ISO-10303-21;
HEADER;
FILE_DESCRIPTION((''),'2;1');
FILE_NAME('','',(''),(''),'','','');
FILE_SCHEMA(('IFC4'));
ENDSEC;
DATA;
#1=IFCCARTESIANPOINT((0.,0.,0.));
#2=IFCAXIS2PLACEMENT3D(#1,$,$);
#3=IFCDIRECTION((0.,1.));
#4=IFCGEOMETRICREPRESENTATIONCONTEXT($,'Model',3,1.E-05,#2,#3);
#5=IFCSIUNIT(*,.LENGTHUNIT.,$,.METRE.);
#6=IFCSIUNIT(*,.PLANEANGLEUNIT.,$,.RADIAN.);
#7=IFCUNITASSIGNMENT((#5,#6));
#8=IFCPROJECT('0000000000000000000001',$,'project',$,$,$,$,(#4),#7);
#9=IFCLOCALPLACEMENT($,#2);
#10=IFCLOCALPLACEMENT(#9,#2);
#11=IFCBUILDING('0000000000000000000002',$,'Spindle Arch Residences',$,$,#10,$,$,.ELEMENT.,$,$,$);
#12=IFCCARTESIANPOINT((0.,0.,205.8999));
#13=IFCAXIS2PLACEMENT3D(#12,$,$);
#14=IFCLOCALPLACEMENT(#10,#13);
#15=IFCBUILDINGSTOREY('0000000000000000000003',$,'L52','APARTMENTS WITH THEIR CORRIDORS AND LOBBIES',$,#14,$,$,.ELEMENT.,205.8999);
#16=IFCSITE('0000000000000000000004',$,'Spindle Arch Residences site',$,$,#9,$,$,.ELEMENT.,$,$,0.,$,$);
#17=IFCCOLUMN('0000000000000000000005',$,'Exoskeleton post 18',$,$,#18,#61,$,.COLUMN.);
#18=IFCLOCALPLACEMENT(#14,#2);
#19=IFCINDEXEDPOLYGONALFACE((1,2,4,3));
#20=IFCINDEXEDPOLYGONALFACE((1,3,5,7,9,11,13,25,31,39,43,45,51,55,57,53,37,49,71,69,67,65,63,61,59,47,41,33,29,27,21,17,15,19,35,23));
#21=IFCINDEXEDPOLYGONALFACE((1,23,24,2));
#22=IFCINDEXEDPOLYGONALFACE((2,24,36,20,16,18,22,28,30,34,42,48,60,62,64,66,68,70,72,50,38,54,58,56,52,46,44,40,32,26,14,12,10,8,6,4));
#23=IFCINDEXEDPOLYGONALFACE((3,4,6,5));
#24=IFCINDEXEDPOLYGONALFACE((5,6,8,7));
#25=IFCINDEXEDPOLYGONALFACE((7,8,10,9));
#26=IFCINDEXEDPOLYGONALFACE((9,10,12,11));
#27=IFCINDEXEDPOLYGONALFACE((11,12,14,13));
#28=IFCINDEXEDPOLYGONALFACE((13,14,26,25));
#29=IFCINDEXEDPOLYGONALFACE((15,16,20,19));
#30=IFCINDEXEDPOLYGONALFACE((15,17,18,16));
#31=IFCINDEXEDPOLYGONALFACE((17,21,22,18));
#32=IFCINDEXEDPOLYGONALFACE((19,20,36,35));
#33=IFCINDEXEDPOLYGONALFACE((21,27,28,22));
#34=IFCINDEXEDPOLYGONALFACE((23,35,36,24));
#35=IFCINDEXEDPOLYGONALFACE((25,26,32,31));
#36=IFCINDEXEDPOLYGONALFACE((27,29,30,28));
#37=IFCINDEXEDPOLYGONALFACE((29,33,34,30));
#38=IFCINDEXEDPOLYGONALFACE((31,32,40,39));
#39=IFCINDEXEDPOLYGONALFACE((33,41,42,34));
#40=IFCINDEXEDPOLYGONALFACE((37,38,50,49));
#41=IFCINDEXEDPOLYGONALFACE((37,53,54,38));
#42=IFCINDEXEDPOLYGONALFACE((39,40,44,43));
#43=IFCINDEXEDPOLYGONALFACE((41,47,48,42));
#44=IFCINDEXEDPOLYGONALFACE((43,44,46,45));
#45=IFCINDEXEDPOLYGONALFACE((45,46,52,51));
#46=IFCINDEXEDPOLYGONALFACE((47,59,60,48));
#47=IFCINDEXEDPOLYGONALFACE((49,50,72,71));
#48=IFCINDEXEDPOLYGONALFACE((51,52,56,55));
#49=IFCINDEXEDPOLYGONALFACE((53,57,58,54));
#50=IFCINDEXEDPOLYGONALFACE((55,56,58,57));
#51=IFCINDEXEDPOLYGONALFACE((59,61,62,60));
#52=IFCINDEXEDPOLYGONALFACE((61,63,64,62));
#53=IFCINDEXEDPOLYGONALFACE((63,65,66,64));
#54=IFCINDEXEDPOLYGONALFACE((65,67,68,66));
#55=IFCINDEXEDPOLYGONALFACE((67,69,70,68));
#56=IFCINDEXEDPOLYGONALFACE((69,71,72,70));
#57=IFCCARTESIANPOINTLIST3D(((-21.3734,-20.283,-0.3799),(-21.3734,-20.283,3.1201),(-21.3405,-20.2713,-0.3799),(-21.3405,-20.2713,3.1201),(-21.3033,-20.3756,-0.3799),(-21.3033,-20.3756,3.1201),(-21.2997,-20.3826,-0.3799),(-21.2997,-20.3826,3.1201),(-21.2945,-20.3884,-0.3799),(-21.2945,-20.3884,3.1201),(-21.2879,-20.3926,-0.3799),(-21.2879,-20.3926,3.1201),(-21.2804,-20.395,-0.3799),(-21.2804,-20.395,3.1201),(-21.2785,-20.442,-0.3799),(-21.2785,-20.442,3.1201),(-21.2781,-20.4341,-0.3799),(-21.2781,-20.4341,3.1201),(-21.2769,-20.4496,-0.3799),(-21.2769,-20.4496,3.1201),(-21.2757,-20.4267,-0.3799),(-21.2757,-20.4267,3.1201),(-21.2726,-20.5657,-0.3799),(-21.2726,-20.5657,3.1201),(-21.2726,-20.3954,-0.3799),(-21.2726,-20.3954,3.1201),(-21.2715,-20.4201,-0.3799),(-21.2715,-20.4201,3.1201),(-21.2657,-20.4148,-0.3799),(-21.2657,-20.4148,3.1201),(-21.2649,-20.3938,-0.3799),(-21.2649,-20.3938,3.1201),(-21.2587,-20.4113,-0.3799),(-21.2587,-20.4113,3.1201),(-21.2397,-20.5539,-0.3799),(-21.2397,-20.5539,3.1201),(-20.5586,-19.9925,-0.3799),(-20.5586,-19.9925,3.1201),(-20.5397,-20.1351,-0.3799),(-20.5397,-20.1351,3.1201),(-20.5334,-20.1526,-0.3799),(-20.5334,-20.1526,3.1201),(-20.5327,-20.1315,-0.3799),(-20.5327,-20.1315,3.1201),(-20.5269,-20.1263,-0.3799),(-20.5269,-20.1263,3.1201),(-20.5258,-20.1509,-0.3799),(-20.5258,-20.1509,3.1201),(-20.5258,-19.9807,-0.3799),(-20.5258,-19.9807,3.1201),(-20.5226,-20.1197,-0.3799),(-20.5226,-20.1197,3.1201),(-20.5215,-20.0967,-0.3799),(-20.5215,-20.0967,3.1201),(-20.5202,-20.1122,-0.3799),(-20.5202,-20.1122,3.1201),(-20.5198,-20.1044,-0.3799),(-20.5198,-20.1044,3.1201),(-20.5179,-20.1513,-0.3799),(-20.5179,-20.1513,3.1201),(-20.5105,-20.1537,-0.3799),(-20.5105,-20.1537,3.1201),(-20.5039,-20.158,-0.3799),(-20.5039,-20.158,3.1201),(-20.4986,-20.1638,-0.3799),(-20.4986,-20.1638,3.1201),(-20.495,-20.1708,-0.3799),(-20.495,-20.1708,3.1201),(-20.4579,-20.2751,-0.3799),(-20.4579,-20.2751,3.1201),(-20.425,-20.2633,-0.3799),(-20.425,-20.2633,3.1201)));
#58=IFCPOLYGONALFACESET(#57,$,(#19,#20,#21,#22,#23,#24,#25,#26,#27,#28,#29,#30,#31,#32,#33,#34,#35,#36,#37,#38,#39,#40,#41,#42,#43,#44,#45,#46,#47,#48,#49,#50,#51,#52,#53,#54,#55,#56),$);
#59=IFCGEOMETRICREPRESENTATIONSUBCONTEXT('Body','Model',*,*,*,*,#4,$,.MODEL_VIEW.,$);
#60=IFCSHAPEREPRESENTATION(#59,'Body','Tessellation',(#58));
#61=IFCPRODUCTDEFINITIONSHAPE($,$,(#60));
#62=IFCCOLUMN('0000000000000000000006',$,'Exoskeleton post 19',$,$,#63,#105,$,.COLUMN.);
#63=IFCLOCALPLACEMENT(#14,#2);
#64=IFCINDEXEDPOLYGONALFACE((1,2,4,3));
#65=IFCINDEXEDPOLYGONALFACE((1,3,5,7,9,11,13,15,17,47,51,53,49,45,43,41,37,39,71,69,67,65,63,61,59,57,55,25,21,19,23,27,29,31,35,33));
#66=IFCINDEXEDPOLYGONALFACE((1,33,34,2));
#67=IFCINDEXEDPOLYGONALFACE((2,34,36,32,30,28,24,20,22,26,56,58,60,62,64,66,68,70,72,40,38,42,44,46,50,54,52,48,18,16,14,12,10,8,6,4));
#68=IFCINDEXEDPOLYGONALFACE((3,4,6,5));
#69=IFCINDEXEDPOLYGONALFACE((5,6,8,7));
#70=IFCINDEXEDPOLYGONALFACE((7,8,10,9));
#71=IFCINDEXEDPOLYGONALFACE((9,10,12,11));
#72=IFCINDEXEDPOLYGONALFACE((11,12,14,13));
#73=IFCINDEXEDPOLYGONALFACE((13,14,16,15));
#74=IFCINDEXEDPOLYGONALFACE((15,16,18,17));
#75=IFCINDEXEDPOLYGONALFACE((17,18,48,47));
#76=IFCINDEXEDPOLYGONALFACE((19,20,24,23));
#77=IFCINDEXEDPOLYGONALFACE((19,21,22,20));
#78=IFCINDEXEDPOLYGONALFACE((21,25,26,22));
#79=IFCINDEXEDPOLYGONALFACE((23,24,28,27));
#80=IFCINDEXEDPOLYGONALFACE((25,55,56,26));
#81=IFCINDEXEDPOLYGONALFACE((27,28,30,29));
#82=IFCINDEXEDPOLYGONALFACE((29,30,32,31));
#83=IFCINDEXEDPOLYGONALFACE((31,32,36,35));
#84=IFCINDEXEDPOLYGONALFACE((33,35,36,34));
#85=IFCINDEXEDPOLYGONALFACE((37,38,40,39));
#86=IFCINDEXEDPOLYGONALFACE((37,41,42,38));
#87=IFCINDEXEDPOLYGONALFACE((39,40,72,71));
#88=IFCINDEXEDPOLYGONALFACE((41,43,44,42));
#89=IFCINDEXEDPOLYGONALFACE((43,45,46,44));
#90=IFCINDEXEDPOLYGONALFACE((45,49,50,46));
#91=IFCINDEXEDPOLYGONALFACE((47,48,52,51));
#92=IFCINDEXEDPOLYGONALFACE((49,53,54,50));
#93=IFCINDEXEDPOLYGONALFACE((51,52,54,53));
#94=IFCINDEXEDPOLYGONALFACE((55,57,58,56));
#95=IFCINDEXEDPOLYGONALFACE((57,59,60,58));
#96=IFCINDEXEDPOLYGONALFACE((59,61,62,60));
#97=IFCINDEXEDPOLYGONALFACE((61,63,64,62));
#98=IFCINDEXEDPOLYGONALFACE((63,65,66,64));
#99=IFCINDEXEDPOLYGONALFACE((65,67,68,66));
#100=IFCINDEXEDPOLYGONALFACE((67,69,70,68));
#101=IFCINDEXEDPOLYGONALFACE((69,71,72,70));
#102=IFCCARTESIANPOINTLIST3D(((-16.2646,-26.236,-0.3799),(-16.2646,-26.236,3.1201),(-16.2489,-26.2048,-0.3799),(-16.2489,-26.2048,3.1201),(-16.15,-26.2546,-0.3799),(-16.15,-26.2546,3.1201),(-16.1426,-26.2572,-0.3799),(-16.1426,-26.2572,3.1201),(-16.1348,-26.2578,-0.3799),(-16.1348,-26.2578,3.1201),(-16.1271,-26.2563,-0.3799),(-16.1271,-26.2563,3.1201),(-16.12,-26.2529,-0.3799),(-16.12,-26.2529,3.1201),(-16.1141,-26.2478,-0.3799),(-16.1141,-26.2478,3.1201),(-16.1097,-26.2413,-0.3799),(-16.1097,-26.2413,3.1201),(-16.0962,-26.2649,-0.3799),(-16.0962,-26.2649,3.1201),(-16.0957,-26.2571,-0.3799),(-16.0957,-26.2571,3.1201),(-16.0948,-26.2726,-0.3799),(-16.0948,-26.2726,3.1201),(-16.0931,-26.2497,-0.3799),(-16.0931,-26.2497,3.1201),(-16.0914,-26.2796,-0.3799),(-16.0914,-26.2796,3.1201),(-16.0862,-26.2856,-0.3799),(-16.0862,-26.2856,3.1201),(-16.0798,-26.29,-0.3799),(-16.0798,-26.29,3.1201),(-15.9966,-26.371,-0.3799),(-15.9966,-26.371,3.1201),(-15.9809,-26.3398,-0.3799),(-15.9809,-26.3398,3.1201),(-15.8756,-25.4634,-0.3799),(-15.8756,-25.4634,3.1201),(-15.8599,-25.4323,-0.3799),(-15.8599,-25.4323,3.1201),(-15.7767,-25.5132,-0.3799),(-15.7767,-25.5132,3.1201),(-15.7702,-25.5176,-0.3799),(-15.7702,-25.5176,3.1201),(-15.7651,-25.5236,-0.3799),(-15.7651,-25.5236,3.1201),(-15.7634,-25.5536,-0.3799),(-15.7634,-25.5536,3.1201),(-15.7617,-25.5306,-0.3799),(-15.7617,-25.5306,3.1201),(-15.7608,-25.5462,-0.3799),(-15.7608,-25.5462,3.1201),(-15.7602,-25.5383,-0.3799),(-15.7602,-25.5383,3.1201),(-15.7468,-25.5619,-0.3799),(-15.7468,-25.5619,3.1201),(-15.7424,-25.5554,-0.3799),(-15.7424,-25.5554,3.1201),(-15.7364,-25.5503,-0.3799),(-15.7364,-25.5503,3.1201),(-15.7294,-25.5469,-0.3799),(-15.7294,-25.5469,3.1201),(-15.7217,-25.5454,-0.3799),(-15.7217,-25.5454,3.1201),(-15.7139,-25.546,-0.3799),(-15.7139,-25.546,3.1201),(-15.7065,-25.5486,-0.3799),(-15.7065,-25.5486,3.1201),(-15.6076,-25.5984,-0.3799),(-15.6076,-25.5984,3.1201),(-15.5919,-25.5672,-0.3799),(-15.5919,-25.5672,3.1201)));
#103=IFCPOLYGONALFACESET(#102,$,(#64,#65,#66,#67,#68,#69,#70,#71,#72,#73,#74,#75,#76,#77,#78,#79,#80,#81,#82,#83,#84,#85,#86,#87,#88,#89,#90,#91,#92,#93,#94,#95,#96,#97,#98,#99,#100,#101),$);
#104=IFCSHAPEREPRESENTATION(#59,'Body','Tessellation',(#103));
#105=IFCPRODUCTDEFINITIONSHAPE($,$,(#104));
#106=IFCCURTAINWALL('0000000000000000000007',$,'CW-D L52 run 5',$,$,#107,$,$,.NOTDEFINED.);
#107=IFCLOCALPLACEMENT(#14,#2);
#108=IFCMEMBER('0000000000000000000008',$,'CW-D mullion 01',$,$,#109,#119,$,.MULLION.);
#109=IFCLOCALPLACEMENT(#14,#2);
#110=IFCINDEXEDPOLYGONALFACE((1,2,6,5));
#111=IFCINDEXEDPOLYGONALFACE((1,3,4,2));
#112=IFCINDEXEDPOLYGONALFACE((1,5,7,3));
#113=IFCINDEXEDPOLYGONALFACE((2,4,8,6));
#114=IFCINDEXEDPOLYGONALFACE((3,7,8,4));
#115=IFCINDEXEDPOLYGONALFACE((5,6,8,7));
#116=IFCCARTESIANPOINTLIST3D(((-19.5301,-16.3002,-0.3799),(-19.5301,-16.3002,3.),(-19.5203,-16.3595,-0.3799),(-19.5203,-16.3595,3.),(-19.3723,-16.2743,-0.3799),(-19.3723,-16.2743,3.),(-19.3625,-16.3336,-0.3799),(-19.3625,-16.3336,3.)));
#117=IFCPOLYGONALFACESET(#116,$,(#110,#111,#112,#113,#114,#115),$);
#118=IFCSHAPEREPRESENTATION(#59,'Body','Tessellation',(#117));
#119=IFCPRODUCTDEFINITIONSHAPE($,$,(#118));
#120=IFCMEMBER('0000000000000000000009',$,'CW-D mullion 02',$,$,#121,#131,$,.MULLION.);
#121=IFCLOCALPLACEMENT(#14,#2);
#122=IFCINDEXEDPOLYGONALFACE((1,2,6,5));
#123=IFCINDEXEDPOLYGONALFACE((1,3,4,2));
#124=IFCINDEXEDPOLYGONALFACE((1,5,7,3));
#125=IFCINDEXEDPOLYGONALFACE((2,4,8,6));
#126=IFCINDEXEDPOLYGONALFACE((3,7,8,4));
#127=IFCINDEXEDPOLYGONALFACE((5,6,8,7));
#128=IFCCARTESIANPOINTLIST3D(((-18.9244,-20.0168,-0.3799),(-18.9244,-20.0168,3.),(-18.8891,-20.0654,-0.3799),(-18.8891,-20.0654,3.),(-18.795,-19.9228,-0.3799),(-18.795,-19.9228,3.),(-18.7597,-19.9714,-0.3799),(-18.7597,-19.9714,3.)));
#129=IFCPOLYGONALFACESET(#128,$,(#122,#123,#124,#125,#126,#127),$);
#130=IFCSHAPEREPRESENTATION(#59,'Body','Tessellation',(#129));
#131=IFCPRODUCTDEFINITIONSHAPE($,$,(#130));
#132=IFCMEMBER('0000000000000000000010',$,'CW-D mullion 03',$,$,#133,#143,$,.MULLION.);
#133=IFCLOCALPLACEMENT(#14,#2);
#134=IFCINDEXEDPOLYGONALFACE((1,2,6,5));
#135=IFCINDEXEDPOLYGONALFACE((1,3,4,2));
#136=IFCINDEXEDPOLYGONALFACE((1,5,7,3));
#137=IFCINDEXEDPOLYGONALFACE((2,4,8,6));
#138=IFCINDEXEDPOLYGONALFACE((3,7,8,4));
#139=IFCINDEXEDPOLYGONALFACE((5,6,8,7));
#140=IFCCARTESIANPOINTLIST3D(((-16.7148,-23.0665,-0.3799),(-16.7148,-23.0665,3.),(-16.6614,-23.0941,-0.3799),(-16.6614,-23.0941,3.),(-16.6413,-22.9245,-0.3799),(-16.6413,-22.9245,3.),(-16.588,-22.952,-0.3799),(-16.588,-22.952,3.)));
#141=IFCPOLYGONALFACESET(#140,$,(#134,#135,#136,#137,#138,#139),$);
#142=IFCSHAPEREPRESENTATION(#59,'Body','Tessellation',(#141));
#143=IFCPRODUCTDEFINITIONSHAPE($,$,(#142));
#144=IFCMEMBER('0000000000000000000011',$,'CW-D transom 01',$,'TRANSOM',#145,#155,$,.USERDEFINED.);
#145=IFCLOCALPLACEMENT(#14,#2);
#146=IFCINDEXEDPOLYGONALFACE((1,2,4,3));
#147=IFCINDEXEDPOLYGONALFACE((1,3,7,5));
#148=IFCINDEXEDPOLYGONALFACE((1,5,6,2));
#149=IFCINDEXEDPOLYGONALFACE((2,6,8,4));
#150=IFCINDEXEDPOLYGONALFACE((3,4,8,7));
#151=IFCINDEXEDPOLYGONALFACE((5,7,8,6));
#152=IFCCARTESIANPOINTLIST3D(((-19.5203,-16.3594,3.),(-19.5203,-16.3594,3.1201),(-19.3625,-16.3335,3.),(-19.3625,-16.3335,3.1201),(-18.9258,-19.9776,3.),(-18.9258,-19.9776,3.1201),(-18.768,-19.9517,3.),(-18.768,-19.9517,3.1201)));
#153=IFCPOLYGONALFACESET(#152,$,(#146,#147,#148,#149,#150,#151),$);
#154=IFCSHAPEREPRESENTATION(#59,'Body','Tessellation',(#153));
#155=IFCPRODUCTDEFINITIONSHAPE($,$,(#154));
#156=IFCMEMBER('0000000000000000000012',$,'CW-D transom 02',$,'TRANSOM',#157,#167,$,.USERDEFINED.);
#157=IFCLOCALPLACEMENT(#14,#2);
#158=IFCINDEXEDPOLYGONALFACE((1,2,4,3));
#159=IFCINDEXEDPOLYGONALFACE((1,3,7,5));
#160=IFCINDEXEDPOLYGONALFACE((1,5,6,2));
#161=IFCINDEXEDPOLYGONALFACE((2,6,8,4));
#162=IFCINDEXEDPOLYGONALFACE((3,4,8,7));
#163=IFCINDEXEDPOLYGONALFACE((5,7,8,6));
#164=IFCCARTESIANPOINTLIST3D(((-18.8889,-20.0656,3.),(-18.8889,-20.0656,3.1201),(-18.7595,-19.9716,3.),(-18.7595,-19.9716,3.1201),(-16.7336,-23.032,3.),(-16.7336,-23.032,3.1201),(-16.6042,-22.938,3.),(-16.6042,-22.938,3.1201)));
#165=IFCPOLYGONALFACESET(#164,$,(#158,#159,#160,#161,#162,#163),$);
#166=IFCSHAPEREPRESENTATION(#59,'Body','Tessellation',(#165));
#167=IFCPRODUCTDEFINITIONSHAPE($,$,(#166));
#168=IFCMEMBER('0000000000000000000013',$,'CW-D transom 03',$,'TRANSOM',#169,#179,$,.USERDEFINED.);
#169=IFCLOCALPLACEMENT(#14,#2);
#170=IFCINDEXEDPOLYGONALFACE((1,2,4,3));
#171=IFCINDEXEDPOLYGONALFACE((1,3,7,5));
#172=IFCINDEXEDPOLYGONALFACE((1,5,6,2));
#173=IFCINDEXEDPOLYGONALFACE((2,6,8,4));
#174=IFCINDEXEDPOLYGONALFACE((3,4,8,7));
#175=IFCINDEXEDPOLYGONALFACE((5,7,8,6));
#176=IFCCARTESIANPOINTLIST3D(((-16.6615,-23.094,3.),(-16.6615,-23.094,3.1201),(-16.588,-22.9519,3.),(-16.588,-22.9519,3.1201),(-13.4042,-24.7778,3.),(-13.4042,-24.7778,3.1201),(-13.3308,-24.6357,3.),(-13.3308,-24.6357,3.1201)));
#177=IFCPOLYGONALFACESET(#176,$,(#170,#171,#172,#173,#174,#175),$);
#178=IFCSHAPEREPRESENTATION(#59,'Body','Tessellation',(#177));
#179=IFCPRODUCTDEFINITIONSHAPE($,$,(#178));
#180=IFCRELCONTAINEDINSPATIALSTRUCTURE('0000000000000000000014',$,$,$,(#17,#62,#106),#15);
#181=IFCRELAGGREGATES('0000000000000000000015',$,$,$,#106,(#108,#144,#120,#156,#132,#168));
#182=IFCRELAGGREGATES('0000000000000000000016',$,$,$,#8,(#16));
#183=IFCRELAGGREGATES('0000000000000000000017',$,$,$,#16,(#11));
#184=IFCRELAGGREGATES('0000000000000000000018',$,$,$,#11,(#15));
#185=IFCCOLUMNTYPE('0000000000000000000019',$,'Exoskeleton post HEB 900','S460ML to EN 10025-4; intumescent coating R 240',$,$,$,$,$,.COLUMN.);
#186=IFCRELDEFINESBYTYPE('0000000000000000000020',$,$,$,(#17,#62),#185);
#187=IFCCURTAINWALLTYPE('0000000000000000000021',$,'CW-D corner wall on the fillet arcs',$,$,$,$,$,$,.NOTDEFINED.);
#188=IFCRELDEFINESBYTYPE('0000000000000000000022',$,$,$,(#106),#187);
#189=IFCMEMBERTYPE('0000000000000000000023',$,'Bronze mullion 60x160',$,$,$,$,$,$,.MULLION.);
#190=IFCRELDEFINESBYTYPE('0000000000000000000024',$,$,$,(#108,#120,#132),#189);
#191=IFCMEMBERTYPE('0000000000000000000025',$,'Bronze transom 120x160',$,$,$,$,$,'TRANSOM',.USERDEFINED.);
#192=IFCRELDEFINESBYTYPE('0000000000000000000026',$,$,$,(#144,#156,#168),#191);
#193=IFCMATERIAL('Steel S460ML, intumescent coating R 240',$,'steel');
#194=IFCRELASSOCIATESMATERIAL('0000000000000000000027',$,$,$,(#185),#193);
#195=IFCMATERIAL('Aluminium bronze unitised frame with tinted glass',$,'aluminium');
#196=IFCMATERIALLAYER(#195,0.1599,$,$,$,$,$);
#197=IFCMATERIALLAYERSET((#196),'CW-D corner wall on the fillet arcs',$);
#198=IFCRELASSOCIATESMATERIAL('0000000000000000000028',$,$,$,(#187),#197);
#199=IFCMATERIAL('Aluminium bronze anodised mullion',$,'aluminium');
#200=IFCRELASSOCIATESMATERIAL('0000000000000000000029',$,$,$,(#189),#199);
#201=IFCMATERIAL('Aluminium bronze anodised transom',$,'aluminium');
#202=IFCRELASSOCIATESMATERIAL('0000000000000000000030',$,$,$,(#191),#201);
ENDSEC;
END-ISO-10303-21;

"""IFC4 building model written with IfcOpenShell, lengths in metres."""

from ifc_helpers import new_model, si_unit, direction, frame, origin, origin_2d, place, context, subcontext, project, spatial, rectangle, i_section, extrude, material, layer, layer_set, material_profile, profile_set, type_object, element, aggregate, save


model = new_model("IFC4")

# Units and contexts
model_context = context("Model", 3, precision=1e-05, world=origin(), true_north=direction((0.0, 1.0)))
body_context = subcontext(model_context, "Body", "Model", "MODEL_VIEW")
ifc_project = project(units=[si_unit("LENGTHUNIT", "METRE"), si_unit("PLANEANGLEUNIT", "RADIAN")], contexts=[model_context])

# Site, building, storey
site_placement = place(None, origin())
site = spatial("IfcSite", under=ifc_project, at=site_placement, Name="Spindle Arch Residences site", CompositionType="ELEMENT", RefElevation=0.0)
building_placement = place(site_placement, origin())
building = spatial("IfcBuilding", under=site, at=building_placement, Name="Spindle Arch Residences", CompositionType="ELEMENT")
storey_placement = place(building_placement, frame((0.0, 0.0, 205.8999)))
storey = spatial("IfcBuildingStorey", under=building, at=storey_placement, Name="L52", Description="APARTMENTS WITH THEIR CORRIDORS AND LOBBIES", CompositionType="ELEMENT", Elevation=205.8999)

# Columns
ifc_material_1 = material(Name="Steel S460ML, intumescent coating R 240", Category="steel")
ifc_material_profile_1 = material_profile(ifc_material_1, i_section(OverallWidth=0.3, OverallDepth=0.8999, WebThickness=0.0186, FlangeThickness=0.0349, FilletRadius=0.03, at=origin_2d()), Name="HEB 900")
ifc_profile_set_1 = profile_set([ifc_material_profile_1], Name="Steel S460ML, intumescent coating R 240")
column_type = type_object("IfcColumnType", Name="Exoskeleton post HEB 900", Description="S460ML to EN 10025-4; intumescent coating R 240", PredefinedType="COLUMN", material=ifc_profile_set_1)
for number, where, z_axis, x_axis, name in (
    (1, (-20.8992, -20.2732, -0.3799), (0.0, 0.0, 1.0), (-0.335927, 0.941888, 0.0), "Exoskeleton post 18"),
    (2, (-15.9282, -25.9016, -0.3799), (0.0, 0.0, 1.0), (-0.893169, 0.449721, 0.0), "Exoskeleton post 19"),
):
    element("IfcColumn", number, at=place(storey_placement, frame(where, z_axis=z_axis, x_axis=x_axis)), inside=storey, type_object=column_type, Name=name, PredefinedType="COLUMN", context=body_context, shape_type="SweptSolid", body=[
        extrude(i_section(OverallWidth=0.3, OverallDepth=0.8999, WebThickness=0.0186, FlangeThickness=0.0349, FilletRadius=0.03, at=origin_2d()), origin(), (0.0, 0.0, 1.0), 3.5),
    ])

# Curtain wall, members
ifc_material_2 = material(Name="Aluminium bronze unitised frame with tinted glass", Category="aluminium")
ifc_layer_1 = layer(ifc_material_2, 0.1599)
ifc_layer_set_1 = layer_set([ifc_layer_1], Name="CW-D corner wall on the fillet arcs")
curtain_wall_type = type_object("IfcCurtainWallType", Name="CW-D corner wall on the fillet arcs", PredefinedType="NOTDEFINED", material=ifc_layer_set_1)
curtain_wall_placement = place(storey_placement, origin())
curtain_wall = element("IfcCurtainWall", 3, at=curtain_wall_placement, inside=storey, type_object=curtain_wall_type, Name="CW-D L52 run 5", PredefinedType="NOTDEFINED")
ifc_material_3 = material(Name="Aluminium bronze anodised mullion", Category="aluminium")
ifc_material_profile_2 = material_profile(ifc_material_3, rectangle(XDim=0.1599, YDim=0.0601, at=origin_2d()), Name="MU 60x160")
ifc_profile_set_2 = profile_set([ifc_material_profile_2], Name="Aluminium bronze anodised mullion")
member_type_1 = type_object("IfcMemberType", Name="Bronze mullion 60x160", PredefinedType="MULLION", material=ifc_profile_set_2)
member_1_placement = place(storey_placement, frame((-19.4463, -16.3169, -0.3799), z_axis=(0.0, 0.0, 1.0), x_axis=(0.986762, 0.162178, 0.0)))
member_1 = element("IfcMember", 4, at=member_1_placement, type_object=member_type_1, Name="CW-D mullion 01", PredefinedType="MULLION", context=body_context, shape_type="SweptSolid", body=[
    extrude(rectangle(XDim=0.1599, YDim=0.0601, at=origin_2d()), origin(), (0.0, 0.0, 1.0), 3.3799),
])
member_2_placement = place(storey_placement, frame((-18.842, -19.9941, -0.3799), z_axis=(0.0, 0.0, 1.0), x_axis=(0.809017, 0.587785, 0.0)))
member_2 = element("IfcMember", 5, at=member_2_placement, type_object=member_type_1, Name="CW-D mullion 02", PredefinedType="MULLION", context=body_context, shape_type="SweptSolid", body=[
    extrude(rectangle(XDim=0.1599, YDim=0.0601, at=origin_2d()), origin(), (0.0, 0.0, 1.0), 3.3799),
])
member_3_placement = place(storey_placement, frame((-16.6514, -23.0093, -0.3799), z_axis=(0.0, 0.0, 1.0), x_axis=(0.459166, 0.88835, 0.0)))
member_3 = element("IfcMember", 6, at=member_3_placement, type_object=member_type_1, Name="CW-D mullion 03", PredefinedType="MULLION", context=body_context, shape_type="SweptSolid", body=[
    extrude(rectangle(XDim=0.1599, YDim=0.0601, at=origin_2d()), origin(), (0.0, 0.0, 1.0), 3.3799),
])
ifc_material_4 = material(Name="Aluminium bronze anodised transom", Category="aluminium")
ifc_material_profile_3 = material_profile(ifc_material_4, rectangle(XDim=0.1599, YDim=0.1201, at=origin_2d()), Name="TR 120x160")
ifc_profile_set_3 = profile_set([ifc_material_profile_3], Name="Aluminium bronze anodised transom")
member_type_2 = type_object("IfcMemberType", Name="Bronze transom 120x160", ElementType="TRANSOM", PredefinedType="USERDEFINED", material=ifc_profile_set_3)
member_4_placement = place(storey_placement, frame((-19.4414, -16.3464, 3.0601), z_axis=(0.162131, -0.986769, 0.0), x_axis=(0.986769, 0.162131, 0.0)))
member_4 = element("IfcMember", 7, at=member_4_placement, type_object=member_type_2, Name="CW-D transom 01", ObjectType="TRANSOM", PredefinedType="USERDEFINED", context=body_context, shape_type="SweptSolid", body=[
    extrude(rectangle(XDim=0.1599, YDim=0.1201, at=origin_2d()), origin(), (0.0, 0.0, 1.0), 3.6667),
])
member_5_placement = place(storey_placement, frame((-18.8242, -20.0186, 3.0601), z_axis=(0.587807, -0.809001, 0.0), x_axis=(0.809001, 0.587807, 0.0)))
member_5 = element("IfcMember", 8, at=member_5_placement, type_object=member_type_2, Name="CW-D transom 02", ObjectType="TRANSOM", PredefinedType="USERDEFINED", context=body_context, shape_type="SweptSolid", body=[
    extrude(rectangle(XDim=0.1599, YDim=0.1201, at=origin_2d()), origin(), (0.0, 0.0, 1.0), 3.6667),
])
member_6_placement = place(storey_placement, frame((-16.6248, -23.0229, 3.0601), z_axis=(0.888327, -0.459211, 0.0), x_axis=(0.459211, 0.888327, 0.0)))
member_6 = element("IfcMember", 9, at=member_6_placement, type_object=member_type_2, Name="CW-D transom 03", ObjectType="TRANSOM", PredefinedType="USERDEFINED", context=body_context, shape_type="SweptSolid", body=[
    extrude(rectangle(XDim=0.1599, YDim=0.1201, at=origin_2d()), origin(), (0.0, 0.0, 1.0), 3.6667),
])

aggregate(curtain_wall, [member_1, member_4, member_2, member_5, member_3, member_6])

save(model, "model.ifc")
